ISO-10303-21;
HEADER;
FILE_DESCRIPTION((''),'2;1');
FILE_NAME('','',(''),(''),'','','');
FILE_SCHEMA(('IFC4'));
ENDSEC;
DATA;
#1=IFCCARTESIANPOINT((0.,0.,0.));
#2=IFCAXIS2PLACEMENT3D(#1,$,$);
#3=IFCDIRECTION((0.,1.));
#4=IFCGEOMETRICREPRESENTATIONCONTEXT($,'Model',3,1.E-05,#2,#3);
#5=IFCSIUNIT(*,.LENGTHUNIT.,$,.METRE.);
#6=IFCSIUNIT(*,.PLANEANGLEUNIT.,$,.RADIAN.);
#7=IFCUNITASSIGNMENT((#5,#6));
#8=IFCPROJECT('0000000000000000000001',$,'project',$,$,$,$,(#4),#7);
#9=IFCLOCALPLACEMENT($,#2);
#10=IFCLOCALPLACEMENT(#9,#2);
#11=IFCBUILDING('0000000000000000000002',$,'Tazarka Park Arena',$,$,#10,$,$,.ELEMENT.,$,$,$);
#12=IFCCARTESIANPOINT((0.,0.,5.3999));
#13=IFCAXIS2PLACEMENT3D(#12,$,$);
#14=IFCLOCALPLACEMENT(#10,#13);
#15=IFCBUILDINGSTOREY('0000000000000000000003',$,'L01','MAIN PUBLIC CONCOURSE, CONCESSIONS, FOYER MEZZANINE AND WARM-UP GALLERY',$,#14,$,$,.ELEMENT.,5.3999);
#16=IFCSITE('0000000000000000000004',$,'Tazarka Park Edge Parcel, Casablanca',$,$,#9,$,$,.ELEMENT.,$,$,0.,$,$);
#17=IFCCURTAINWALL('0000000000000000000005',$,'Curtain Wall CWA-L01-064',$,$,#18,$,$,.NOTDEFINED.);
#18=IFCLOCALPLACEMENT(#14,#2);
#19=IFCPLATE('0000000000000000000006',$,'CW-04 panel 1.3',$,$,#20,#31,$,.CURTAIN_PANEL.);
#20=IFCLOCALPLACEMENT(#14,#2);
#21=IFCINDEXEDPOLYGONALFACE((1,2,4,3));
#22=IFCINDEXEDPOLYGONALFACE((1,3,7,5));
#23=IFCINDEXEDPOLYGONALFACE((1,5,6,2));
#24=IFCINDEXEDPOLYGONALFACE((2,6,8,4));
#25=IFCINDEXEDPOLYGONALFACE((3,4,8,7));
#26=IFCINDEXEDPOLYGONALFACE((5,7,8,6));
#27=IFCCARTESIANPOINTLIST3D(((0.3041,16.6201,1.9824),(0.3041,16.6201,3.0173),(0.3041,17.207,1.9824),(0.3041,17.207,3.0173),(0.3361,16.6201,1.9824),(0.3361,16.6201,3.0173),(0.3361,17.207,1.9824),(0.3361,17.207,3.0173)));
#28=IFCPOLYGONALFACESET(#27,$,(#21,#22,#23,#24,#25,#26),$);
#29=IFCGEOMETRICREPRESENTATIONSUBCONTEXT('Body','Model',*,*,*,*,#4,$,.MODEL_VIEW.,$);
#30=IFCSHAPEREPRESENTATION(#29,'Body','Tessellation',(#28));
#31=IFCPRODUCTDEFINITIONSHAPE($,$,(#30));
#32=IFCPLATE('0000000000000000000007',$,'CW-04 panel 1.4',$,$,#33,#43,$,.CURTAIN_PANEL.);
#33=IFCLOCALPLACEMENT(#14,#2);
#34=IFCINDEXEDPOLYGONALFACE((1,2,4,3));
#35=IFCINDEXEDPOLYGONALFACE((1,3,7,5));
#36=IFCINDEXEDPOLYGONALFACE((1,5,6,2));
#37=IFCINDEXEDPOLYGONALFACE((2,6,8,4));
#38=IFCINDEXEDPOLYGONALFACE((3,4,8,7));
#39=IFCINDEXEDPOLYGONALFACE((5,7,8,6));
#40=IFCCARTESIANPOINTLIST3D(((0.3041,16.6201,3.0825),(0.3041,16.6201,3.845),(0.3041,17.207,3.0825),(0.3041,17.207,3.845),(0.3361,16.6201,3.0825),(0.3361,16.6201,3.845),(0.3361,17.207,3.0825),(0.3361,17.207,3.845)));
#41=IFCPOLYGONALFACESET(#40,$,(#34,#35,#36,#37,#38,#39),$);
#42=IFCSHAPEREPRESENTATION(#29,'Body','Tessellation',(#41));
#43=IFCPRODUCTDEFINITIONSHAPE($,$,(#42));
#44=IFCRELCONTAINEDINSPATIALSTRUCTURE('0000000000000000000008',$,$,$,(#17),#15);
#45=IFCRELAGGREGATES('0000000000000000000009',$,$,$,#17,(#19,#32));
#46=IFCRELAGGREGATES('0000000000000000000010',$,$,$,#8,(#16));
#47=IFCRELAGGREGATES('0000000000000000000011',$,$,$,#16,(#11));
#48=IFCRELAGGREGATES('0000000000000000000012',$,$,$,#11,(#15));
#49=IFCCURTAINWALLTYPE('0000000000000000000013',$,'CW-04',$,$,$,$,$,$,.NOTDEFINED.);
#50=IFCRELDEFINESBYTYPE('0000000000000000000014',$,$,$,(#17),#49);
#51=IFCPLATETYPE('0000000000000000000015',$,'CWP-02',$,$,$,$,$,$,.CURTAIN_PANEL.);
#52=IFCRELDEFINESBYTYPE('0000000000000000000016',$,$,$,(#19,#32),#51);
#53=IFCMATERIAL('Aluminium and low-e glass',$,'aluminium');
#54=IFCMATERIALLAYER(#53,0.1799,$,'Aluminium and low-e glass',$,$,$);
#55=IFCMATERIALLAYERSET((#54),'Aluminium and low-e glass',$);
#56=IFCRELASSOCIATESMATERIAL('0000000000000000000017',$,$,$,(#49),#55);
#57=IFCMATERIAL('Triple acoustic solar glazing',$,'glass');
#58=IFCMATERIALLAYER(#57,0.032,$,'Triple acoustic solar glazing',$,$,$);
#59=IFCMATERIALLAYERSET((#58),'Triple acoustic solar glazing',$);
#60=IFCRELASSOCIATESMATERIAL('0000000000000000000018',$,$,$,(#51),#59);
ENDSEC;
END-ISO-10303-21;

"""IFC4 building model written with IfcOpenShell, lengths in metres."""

from ifc_helpers import new_model, si_unit, direction, frame, origin, origin_2d, place, context, subcontext, project, spatial, rectangle, extrude, material, layer, layer_set, type_object, element, aggregate, save


model = new_model("IFC4")

# Units and contexts
model_context = context("Model", 3, precision=1e-05, world=origin(), true_north=direction((0.0, 1.0)))
body_context = subcontext(model_context, "Body", "Model", "MODEL_VIEW")
ifc_project = project(units=[si_unit("LENGTHUNIT", "METRE"), si_unit("PLANEANGLEUNIT", "RADIAN")], contexts=[model_context])

# Site, building, storey
site_placement = place(None, origin())
site = spatial("IfcSite", under=ifc_project, at=site_placement, Name="Tazarka Park Edge Parcel, Casablanca", CompositionType="ELEMENT", RefElevation=0.0)
building_placement = place(site_placement, origin())
building = spatial("IfcBuilding", under=site, at=building_placement, Name="Tazarka Park Arena", CompositionType="ELEMENT")
storey_placement = place(building_placement, frame((0.0, 0.0, 5.3999)))
storey = spatial("IfcBuildingStorey", under=building, at=storey_placement, Name="L01", Description="MAIN PUBLIC CONCOURSE, CONCESSIONS, FOYER MEZZANINE AND WARM-UP GALLERY", CompositionType="ELEMENT", Elevation=5.3999)

# Curtain wall
ifc_material_1 = material(Name="Aluminium and low-e glass", Category="aluminium")
ifc_layer_1 = layer(ifc_material_1, 0.1799, Name="Aluminium and low-e glass")
ifc_layer_set_1 = layer_set([ifc_layer_1], Name="Aluminium and low-e glass")
curtain_wall_type_1 = type_object("IfcCurtainWallType", Name="CW-04", PredefinedType="NOTDEFINED", material=ifc_layer_set_1)
curtain_wall_1_placement = place(storey_placement, origin())
curtain_wall_1 = element("IfcCurtainWall", 1, at=curtain_wall_1_placement, inside=storey, type_object=curtain_wall_type_1, Name="Curtain Wall CWA-L01-064", PredefinedType="NOTDEFINED")

# Plates
ifc_material_2 = material(Name="Triple acoustic solar glazing", Category="glass")
ifc_layer_2 = layer(ifc_material_2, 0.032, Name="Triple acoustic solar glazing")
ifc_layer_set_2 = layer_set([ifc_layer_2], Name="Triple acoustic solar glazing")
plate_type_1 = type_object("IfcPlateType", Name="CWP-02", PredefinedType="CURTAIN_PANEL", material=ifc_layer_set_2)
plate_1_placement = place(storey_placement, frame((0.3201, 16.9136, 1.9824), z_axis=(0.0, 0.0, 1.0), x_axis=(0.0, 1.0, 0.0)))
plate_1 = element("IfcPlate", 2, at=plate_1_placement, type_object=plate_type_1, Name="CW-04 panel 1.3", PredefinedType="CURTAIN_PANEL", context=body_context, shape_type="SweptSolid", body=[
    extrude(rectangle(XDim=0.5869, YDim=0.032, at=origin_2d()), origin(), (0.0, 0.0, 1.0), 1.0349),
])
plate_2_placement = place(storey_placement, frame((0.3201, 16.9136, 3.0825), z_axis=(0.0, 0.0, 1.0), x_axis=(0.0, 1.0, 0.0)))
plate_2 = element("IfcPlate", 3, at=plate_2_placement, type_object=plate_type_1, Name="CW-04 panel 1.4", PredefinedType="CURTAIN_PANEL", context=body_context, shape_type="SweptSolid", body=[
    extrude(rectangle(XDim=0.5869, YDim=0.032, at=origin_2d()), origin(), (0.0, 0.0, 1.0), 0.7625),
])
aggregate(curtain_wall_1, [plate_1, plate_2])

save(model, "model.ifc")
